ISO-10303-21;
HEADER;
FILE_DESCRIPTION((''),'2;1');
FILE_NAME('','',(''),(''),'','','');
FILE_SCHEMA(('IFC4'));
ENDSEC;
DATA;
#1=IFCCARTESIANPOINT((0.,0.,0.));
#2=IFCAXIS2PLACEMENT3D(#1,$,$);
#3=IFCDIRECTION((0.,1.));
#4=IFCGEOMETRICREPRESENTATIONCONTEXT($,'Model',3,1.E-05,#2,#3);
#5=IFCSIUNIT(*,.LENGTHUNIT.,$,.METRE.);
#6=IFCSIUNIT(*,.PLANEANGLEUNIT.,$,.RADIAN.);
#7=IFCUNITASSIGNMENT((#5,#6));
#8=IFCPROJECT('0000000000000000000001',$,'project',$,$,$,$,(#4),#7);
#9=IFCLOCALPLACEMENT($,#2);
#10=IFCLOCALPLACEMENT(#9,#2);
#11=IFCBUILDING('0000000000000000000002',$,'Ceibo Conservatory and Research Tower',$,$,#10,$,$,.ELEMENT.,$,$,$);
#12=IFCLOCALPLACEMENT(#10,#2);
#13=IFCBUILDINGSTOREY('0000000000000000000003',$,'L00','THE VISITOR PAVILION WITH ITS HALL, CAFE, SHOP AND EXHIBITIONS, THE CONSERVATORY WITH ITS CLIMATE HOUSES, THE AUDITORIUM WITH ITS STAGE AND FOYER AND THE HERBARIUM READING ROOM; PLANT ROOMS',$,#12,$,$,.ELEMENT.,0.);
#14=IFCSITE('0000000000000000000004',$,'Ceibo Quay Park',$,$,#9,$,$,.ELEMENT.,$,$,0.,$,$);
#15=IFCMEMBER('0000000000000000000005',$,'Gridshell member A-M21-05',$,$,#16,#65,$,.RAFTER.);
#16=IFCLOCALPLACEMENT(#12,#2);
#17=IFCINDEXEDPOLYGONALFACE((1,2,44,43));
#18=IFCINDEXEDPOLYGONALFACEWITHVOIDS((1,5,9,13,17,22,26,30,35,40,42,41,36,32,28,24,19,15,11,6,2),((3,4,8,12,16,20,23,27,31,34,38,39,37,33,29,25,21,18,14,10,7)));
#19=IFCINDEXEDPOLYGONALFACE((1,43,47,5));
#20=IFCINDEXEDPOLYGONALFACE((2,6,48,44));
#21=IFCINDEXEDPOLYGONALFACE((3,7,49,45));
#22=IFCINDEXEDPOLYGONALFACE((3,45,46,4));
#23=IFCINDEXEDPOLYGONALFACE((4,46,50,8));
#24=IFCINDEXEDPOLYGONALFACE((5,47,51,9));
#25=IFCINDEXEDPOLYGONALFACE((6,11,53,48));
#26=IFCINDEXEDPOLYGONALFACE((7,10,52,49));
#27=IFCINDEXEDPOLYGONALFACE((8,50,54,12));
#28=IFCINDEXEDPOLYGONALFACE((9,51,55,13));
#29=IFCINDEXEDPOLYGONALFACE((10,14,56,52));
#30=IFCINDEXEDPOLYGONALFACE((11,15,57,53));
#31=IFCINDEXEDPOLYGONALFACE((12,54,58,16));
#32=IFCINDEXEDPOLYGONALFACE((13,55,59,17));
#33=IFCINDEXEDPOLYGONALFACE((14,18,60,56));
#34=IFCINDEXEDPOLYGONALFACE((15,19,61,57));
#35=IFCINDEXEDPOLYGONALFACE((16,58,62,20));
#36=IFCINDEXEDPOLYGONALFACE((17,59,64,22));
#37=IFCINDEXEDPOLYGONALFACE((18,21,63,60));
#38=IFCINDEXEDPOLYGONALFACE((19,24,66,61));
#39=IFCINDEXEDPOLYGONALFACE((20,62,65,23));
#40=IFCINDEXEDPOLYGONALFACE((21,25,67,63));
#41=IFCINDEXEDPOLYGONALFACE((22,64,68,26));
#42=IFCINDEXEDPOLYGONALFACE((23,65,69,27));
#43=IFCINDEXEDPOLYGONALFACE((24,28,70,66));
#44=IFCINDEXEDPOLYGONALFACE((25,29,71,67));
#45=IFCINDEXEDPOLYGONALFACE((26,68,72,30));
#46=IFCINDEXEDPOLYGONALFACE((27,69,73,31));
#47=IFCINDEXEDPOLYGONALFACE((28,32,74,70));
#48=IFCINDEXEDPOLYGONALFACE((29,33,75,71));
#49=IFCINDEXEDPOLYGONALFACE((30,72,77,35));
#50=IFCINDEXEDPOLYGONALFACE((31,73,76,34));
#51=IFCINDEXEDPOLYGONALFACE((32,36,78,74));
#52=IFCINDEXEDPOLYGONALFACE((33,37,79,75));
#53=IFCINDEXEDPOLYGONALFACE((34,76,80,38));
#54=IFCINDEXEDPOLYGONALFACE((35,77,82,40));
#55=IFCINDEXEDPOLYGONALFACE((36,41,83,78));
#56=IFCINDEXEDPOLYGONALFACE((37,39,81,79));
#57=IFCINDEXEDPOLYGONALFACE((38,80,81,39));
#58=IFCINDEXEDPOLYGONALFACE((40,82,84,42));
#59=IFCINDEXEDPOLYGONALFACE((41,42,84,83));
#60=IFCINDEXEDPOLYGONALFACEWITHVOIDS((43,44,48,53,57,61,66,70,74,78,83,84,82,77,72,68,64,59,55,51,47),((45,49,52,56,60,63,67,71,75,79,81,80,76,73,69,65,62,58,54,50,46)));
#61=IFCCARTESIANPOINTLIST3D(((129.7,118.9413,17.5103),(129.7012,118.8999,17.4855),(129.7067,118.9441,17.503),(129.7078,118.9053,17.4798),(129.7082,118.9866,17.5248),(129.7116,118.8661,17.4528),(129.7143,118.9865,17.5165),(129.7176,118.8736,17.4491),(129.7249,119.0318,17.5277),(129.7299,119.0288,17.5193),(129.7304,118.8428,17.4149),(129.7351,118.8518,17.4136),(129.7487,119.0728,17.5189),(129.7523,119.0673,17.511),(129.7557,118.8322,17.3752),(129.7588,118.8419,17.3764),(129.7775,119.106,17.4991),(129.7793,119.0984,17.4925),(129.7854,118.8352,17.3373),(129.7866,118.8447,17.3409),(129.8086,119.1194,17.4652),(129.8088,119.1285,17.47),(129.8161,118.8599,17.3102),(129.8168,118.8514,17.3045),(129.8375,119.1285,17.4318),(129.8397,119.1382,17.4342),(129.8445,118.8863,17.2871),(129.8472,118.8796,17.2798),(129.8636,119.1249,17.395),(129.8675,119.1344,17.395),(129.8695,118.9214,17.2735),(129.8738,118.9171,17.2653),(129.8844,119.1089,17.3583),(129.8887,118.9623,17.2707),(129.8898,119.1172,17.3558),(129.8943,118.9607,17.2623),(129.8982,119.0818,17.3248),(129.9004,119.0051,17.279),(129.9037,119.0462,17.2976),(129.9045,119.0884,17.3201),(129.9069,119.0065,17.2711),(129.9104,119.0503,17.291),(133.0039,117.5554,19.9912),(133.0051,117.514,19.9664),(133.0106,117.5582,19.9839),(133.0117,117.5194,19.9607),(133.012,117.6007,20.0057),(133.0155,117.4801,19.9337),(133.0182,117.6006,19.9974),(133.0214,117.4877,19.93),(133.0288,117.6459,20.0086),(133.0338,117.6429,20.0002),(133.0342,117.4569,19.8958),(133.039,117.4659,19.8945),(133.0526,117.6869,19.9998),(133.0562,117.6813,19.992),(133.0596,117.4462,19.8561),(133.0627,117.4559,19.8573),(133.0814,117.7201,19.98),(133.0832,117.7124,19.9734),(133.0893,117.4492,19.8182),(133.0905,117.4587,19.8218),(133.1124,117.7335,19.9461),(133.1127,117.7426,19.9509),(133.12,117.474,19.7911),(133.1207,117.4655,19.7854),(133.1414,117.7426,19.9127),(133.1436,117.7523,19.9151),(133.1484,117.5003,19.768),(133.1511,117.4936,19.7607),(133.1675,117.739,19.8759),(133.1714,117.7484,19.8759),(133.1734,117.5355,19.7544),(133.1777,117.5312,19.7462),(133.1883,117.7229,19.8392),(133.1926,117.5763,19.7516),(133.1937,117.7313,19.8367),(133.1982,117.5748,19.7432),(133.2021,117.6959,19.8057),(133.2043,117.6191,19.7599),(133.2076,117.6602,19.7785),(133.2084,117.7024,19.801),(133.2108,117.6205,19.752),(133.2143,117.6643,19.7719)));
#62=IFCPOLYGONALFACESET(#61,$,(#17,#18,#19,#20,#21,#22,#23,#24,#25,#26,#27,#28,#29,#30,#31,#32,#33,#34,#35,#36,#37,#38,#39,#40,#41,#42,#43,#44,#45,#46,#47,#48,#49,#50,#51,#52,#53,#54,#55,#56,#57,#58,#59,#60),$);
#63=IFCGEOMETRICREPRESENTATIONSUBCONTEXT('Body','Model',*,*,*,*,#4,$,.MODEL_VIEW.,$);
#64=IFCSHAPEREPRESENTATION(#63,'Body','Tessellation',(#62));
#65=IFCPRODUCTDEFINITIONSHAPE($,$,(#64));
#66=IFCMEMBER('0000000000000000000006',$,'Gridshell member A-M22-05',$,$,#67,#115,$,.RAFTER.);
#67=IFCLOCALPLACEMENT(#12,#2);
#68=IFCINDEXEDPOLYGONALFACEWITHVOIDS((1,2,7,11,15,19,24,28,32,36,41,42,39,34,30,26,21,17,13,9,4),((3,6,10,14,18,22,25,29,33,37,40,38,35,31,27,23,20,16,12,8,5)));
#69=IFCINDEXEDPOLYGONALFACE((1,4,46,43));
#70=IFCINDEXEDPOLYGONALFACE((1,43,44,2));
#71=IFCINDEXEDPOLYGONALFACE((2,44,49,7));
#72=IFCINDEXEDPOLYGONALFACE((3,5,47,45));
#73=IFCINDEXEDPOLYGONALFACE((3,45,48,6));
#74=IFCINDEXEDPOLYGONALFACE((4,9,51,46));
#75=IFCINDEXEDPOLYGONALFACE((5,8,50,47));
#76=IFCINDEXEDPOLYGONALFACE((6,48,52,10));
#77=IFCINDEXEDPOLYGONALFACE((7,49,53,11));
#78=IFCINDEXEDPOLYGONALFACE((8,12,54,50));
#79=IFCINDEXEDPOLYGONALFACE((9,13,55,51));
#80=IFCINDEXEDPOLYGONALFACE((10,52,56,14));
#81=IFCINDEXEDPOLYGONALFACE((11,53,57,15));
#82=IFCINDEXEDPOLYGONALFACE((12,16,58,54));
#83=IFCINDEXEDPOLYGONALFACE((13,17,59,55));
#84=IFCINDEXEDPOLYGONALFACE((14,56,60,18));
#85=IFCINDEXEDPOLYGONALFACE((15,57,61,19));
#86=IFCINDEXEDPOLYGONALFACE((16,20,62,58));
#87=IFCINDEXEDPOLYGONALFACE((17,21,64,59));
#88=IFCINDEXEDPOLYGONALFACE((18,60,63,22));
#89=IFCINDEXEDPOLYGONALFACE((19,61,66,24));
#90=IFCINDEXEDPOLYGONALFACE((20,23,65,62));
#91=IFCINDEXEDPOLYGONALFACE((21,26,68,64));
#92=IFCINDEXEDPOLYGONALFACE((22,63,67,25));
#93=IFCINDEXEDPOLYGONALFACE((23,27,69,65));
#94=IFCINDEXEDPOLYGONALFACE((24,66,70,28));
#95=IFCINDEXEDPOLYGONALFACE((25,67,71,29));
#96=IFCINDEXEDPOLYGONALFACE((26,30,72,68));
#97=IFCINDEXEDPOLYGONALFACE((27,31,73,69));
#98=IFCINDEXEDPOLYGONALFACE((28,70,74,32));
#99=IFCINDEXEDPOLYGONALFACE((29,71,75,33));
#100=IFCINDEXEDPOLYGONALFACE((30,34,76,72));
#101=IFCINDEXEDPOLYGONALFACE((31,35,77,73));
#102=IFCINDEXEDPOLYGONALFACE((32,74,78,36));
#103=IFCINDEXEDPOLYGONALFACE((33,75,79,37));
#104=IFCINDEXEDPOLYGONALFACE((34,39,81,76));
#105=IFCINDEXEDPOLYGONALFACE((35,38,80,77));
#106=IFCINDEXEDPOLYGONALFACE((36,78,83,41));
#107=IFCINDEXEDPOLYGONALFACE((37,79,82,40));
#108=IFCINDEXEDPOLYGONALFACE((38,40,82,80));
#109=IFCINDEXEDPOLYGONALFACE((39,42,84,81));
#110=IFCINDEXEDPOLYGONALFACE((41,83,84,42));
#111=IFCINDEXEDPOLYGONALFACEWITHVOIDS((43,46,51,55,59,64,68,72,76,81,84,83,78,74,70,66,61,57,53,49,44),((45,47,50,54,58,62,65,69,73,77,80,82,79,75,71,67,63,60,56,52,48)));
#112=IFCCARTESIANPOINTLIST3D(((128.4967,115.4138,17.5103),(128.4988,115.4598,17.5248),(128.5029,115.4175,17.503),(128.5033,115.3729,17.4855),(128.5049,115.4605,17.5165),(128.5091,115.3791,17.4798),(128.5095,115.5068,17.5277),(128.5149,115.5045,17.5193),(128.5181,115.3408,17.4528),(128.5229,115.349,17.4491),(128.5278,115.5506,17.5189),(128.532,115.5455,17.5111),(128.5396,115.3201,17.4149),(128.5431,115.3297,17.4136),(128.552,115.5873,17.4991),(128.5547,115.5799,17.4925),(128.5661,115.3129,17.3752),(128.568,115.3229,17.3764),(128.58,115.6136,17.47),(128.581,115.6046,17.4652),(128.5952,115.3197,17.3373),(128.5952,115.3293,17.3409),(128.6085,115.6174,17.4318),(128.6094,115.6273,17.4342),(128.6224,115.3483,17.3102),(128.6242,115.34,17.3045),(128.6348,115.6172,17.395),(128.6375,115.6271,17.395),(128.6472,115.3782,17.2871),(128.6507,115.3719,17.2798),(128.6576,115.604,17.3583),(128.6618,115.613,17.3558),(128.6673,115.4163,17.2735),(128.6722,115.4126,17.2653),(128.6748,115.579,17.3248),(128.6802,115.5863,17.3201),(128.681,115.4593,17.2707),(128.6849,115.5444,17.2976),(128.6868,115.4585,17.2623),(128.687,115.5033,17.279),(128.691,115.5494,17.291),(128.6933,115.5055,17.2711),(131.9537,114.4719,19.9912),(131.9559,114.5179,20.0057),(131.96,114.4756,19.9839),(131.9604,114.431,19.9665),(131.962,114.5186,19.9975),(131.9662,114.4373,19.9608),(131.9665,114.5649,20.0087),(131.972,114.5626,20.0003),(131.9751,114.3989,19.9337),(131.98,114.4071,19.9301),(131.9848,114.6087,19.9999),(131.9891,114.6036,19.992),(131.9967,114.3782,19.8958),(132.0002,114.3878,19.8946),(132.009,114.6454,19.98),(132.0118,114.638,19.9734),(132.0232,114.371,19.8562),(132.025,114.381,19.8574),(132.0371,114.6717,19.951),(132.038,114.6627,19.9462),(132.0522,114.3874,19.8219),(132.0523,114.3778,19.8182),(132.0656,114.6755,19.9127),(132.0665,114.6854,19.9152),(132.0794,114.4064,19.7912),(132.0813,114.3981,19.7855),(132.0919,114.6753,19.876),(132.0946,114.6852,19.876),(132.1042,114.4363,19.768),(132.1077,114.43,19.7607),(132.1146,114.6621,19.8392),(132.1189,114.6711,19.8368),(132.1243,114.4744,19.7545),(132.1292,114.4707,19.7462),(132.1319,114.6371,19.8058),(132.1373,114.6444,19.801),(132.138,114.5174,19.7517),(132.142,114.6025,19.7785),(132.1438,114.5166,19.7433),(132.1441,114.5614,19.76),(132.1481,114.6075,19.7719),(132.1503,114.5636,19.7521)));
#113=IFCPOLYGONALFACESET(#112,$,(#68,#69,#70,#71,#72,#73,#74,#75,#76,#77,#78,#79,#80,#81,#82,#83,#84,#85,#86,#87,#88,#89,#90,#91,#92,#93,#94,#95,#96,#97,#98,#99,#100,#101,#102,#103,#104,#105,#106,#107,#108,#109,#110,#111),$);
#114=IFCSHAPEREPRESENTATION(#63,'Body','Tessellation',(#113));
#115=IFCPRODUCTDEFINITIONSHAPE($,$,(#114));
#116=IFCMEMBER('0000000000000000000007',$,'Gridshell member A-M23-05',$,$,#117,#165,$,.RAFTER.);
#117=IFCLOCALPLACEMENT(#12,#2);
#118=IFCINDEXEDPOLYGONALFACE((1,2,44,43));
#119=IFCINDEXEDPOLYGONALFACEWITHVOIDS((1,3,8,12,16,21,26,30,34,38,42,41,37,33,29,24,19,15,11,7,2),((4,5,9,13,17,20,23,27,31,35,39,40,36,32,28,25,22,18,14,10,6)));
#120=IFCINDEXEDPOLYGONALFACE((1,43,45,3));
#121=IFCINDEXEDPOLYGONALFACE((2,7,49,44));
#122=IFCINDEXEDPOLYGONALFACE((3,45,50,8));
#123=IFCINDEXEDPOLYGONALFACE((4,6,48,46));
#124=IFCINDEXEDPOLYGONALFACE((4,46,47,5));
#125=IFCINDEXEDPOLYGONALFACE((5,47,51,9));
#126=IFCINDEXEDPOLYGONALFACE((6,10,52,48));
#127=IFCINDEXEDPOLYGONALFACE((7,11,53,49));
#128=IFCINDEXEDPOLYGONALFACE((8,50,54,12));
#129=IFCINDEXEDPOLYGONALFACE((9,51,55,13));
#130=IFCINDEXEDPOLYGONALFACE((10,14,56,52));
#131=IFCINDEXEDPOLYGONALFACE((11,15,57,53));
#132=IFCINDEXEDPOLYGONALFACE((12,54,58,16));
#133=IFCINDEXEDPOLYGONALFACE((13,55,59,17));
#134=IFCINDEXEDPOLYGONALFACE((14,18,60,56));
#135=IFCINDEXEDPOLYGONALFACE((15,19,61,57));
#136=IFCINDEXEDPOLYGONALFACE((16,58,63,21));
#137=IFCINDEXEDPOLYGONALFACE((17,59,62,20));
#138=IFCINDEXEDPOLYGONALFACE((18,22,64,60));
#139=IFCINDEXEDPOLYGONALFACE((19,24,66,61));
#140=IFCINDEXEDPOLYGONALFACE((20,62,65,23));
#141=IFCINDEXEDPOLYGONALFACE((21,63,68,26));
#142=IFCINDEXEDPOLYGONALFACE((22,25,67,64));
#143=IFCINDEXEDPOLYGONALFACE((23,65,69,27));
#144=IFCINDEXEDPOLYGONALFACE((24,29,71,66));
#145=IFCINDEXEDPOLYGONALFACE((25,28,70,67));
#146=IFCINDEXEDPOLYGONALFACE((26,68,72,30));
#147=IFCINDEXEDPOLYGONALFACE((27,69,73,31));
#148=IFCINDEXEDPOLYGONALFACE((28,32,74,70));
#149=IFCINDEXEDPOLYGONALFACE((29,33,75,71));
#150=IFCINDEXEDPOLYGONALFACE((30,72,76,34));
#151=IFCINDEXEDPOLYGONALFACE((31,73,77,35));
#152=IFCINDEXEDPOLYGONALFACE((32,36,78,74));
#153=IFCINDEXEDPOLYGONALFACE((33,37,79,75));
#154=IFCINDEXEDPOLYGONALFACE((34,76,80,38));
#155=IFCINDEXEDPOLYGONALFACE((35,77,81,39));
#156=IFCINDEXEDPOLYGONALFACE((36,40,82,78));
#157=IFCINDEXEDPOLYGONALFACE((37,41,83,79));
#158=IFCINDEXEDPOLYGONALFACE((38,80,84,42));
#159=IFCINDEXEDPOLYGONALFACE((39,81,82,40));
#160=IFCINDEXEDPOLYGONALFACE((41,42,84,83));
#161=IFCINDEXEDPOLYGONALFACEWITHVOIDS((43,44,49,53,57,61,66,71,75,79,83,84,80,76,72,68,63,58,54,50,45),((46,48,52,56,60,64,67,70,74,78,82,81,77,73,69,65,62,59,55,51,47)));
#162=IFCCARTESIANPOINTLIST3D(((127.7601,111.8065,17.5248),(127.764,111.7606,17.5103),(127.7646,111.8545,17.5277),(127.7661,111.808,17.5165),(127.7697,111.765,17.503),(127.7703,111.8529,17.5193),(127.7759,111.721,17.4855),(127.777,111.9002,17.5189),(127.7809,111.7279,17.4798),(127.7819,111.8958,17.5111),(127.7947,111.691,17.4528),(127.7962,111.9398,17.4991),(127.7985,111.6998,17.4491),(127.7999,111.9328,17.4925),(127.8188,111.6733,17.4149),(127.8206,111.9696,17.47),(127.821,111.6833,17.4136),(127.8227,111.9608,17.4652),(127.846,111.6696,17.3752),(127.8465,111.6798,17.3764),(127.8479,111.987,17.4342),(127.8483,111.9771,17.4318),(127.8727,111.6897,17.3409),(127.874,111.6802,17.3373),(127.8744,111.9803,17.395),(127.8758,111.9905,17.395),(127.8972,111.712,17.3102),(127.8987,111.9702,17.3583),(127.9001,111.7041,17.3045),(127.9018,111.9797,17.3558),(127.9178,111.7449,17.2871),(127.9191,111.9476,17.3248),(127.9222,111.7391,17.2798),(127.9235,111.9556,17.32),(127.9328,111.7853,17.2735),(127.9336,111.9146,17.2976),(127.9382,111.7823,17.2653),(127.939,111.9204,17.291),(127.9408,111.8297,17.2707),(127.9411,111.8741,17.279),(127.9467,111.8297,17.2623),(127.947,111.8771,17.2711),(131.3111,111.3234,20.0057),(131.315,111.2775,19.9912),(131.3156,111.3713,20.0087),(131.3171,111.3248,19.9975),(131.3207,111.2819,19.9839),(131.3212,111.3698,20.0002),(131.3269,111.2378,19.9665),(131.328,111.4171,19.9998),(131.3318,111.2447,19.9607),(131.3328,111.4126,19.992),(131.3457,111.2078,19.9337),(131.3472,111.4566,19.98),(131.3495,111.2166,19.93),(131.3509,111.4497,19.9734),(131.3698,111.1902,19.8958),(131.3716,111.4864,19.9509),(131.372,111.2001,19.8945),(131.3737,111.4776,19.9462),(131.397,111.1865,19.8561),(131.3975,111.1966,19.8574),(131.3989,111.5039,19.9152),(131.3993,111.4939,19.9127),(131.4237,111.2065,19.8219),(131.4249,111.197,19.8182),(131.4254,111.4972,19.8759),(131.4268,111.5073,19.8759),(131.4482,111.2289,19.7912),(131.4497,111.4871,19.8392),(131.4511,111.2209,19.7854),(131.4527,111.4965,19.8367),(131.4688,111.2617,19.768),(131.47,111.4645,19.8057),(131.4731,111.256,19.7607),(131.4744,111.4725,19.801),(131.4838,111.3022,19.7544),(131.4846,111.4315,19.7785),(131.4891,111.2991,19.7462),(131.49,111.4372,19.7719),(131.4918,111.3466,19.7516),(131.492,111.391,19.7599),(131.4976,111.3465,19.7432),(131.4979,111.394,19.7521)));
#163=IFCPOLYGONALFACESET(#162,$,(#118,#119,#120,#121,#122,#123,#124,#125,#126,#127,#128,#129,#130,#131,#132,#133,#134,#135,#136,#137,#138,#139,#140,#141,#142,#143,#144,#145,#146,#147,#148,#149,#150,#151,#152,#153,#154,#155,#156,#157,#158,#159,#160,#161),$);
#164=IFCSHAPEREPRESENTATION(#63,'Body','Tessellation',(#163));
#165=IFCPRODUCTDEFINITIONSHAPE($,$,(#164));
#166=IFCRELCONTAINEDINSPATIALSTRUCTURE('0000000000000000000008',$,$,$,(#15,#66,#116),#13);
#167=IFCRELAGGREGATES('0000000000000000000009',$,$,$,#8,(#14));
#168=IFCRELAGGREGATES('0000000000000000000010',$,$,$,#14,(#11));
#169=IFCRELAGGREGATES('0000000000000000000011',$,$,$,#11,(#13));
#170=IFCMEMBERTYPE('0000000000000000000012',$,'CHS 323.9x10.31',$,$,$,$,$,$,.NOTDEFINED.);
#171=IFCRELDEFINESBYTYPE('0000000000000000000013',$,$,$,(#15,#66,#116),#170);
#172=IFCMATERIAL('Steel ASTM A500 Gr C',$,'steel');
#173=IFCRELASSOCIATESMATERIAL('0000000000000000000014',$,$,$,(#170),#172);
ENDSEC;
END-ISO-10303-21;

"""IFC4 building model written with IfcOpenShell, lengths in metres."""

from ifc_helpers import new_model, si_unit, direction, frame, origin, origin_2d, place, context, subcontext, project, spatial, hollow_circle, extrude, material, material_profile, profile_set, type_object, element, save


model = new_model("IFC4")

# Units and contexts
model_context = context("Model", 3, precision=1e-05, world=origin(), true_north=direction((0.0, 1.0)))
body_context = subcontext(model_context, "Body", "Model", "MODEL_VIEW")
ifc_project = project(units=[si_unit("LENGTHUNIT", "METRE"), si_unit("PLANEANGLEUNIT", "RADIAN")], contexts=[model_context])

# Site, building, storey
site_placement = place(None, origin())
site = spatial("IfcSite", under=ifc_project, at=site_placement, Name="Ceibo Quay Park", CompositionType="ELEMENT", RefElevation=0.0)
building_placement = place(site_placement, origin())
building = spatial("IfcBuilding", under=site, at=building_placement, Name="Ceibo Conservatory and Research Tower", CompositionType="ELEMENT")
storey_placement = place(building_placement, origin())
storey = spatial("IfcBuildingStorey", under=building, at=storey_placement, Name="L00", Description="THE VISITOR PAVILION WITH ITS HALL, CAFE, SHOP AND EXHIBITIONS, THE CONSERVATORY WITH ITS CLIMATE HOUSES, THE AUDITORIUM WITH ITS STAGE AND FOYER AND THE HERBARIUM READING ROOM; PLANT ROOMS", CompositionType="ELEMENT", Elevation=0.0)

# Members
ifc_material_1 = material(Name="Steel ASTM A500 Gr C", Category="steel")
ifc_material_profile_1 = material_profile(ifc_material_1, hollow_circle(Radius=0.1619, WallThickness=0.0103, at=origin_2d()), Name="CHS 323.9x10.31")
ifc_profile_set_1 = profile_set([ifc_material_profile_1], Name="Steel ASTM A500 Gr C")
member_type_1 = type_object("IfcMemberType", Name="CHS 323.9x10.31", PredefinedType="NOTDEFINED", material=ifc_profile_set_1)
member_1_placement = place(storey_placement, frame((129.8049, 118.9851, 17.395), z_axis=(0.758134, -0.318032, 0.569287), x_axis=(0.386835, 0.922149, 0.0)))
element("IfcMember", 1, at=member_1_placement, inside=storey, type_object=member_type_1, Name="Gridshell member A-M21-05", PredefinedType="RAFTER", context=body_context, shape_type="SweptSolid", body=[
    extrude(hollow_circle(Radius=0.1619, WallThickness=0.0103, at=origin_2d()), origin(), (0.0, 0.0, 1.0), 4.3579),
])
member_2_placement = place(storey_placement, frame((128.595, 115.4709, 17.395), z_axis=(0.793236, -0.216123, 0.56927), x_axis=(0.262875, 0.96483, 0.0)))
element("IfcMember", 2, at=member_2_placement, inside=storey, type_object=member_type_1, Name="Gridshell member A-M22-05", PredefinedType="RAFTER", context=body_context, shape_type="SweptSolid", body=[
    extrude(hollow_circle(Radius=0.1619, WallThickness=0.0103, at=origin_2d()), origin(), (0.0, 0.0, 1.0), 4.3582),
])
member_3_placement = place(storey_placement, frame((127.854, 111.8301, 17.395), z_axis=(0.814696, -0.110848, 0.569195), x_axis=(0.134818, 0.99087, 0.0)))
element("IfcMember", 3, at=member_3_placement, inside=storey, type_object=member_type_1, Name="Gridshell member A-M23-05", PredefinedType="RAFTER", context=body_context, shape_type="SweptSolid", body=[
    extrude(hollow_circle(Radius=0.1619, WallThickness=0.0103, at=origin_2d()), origin(), (0.0, 0.0, 1.0), 4.3586),
])

save(model, "model.ifc")
